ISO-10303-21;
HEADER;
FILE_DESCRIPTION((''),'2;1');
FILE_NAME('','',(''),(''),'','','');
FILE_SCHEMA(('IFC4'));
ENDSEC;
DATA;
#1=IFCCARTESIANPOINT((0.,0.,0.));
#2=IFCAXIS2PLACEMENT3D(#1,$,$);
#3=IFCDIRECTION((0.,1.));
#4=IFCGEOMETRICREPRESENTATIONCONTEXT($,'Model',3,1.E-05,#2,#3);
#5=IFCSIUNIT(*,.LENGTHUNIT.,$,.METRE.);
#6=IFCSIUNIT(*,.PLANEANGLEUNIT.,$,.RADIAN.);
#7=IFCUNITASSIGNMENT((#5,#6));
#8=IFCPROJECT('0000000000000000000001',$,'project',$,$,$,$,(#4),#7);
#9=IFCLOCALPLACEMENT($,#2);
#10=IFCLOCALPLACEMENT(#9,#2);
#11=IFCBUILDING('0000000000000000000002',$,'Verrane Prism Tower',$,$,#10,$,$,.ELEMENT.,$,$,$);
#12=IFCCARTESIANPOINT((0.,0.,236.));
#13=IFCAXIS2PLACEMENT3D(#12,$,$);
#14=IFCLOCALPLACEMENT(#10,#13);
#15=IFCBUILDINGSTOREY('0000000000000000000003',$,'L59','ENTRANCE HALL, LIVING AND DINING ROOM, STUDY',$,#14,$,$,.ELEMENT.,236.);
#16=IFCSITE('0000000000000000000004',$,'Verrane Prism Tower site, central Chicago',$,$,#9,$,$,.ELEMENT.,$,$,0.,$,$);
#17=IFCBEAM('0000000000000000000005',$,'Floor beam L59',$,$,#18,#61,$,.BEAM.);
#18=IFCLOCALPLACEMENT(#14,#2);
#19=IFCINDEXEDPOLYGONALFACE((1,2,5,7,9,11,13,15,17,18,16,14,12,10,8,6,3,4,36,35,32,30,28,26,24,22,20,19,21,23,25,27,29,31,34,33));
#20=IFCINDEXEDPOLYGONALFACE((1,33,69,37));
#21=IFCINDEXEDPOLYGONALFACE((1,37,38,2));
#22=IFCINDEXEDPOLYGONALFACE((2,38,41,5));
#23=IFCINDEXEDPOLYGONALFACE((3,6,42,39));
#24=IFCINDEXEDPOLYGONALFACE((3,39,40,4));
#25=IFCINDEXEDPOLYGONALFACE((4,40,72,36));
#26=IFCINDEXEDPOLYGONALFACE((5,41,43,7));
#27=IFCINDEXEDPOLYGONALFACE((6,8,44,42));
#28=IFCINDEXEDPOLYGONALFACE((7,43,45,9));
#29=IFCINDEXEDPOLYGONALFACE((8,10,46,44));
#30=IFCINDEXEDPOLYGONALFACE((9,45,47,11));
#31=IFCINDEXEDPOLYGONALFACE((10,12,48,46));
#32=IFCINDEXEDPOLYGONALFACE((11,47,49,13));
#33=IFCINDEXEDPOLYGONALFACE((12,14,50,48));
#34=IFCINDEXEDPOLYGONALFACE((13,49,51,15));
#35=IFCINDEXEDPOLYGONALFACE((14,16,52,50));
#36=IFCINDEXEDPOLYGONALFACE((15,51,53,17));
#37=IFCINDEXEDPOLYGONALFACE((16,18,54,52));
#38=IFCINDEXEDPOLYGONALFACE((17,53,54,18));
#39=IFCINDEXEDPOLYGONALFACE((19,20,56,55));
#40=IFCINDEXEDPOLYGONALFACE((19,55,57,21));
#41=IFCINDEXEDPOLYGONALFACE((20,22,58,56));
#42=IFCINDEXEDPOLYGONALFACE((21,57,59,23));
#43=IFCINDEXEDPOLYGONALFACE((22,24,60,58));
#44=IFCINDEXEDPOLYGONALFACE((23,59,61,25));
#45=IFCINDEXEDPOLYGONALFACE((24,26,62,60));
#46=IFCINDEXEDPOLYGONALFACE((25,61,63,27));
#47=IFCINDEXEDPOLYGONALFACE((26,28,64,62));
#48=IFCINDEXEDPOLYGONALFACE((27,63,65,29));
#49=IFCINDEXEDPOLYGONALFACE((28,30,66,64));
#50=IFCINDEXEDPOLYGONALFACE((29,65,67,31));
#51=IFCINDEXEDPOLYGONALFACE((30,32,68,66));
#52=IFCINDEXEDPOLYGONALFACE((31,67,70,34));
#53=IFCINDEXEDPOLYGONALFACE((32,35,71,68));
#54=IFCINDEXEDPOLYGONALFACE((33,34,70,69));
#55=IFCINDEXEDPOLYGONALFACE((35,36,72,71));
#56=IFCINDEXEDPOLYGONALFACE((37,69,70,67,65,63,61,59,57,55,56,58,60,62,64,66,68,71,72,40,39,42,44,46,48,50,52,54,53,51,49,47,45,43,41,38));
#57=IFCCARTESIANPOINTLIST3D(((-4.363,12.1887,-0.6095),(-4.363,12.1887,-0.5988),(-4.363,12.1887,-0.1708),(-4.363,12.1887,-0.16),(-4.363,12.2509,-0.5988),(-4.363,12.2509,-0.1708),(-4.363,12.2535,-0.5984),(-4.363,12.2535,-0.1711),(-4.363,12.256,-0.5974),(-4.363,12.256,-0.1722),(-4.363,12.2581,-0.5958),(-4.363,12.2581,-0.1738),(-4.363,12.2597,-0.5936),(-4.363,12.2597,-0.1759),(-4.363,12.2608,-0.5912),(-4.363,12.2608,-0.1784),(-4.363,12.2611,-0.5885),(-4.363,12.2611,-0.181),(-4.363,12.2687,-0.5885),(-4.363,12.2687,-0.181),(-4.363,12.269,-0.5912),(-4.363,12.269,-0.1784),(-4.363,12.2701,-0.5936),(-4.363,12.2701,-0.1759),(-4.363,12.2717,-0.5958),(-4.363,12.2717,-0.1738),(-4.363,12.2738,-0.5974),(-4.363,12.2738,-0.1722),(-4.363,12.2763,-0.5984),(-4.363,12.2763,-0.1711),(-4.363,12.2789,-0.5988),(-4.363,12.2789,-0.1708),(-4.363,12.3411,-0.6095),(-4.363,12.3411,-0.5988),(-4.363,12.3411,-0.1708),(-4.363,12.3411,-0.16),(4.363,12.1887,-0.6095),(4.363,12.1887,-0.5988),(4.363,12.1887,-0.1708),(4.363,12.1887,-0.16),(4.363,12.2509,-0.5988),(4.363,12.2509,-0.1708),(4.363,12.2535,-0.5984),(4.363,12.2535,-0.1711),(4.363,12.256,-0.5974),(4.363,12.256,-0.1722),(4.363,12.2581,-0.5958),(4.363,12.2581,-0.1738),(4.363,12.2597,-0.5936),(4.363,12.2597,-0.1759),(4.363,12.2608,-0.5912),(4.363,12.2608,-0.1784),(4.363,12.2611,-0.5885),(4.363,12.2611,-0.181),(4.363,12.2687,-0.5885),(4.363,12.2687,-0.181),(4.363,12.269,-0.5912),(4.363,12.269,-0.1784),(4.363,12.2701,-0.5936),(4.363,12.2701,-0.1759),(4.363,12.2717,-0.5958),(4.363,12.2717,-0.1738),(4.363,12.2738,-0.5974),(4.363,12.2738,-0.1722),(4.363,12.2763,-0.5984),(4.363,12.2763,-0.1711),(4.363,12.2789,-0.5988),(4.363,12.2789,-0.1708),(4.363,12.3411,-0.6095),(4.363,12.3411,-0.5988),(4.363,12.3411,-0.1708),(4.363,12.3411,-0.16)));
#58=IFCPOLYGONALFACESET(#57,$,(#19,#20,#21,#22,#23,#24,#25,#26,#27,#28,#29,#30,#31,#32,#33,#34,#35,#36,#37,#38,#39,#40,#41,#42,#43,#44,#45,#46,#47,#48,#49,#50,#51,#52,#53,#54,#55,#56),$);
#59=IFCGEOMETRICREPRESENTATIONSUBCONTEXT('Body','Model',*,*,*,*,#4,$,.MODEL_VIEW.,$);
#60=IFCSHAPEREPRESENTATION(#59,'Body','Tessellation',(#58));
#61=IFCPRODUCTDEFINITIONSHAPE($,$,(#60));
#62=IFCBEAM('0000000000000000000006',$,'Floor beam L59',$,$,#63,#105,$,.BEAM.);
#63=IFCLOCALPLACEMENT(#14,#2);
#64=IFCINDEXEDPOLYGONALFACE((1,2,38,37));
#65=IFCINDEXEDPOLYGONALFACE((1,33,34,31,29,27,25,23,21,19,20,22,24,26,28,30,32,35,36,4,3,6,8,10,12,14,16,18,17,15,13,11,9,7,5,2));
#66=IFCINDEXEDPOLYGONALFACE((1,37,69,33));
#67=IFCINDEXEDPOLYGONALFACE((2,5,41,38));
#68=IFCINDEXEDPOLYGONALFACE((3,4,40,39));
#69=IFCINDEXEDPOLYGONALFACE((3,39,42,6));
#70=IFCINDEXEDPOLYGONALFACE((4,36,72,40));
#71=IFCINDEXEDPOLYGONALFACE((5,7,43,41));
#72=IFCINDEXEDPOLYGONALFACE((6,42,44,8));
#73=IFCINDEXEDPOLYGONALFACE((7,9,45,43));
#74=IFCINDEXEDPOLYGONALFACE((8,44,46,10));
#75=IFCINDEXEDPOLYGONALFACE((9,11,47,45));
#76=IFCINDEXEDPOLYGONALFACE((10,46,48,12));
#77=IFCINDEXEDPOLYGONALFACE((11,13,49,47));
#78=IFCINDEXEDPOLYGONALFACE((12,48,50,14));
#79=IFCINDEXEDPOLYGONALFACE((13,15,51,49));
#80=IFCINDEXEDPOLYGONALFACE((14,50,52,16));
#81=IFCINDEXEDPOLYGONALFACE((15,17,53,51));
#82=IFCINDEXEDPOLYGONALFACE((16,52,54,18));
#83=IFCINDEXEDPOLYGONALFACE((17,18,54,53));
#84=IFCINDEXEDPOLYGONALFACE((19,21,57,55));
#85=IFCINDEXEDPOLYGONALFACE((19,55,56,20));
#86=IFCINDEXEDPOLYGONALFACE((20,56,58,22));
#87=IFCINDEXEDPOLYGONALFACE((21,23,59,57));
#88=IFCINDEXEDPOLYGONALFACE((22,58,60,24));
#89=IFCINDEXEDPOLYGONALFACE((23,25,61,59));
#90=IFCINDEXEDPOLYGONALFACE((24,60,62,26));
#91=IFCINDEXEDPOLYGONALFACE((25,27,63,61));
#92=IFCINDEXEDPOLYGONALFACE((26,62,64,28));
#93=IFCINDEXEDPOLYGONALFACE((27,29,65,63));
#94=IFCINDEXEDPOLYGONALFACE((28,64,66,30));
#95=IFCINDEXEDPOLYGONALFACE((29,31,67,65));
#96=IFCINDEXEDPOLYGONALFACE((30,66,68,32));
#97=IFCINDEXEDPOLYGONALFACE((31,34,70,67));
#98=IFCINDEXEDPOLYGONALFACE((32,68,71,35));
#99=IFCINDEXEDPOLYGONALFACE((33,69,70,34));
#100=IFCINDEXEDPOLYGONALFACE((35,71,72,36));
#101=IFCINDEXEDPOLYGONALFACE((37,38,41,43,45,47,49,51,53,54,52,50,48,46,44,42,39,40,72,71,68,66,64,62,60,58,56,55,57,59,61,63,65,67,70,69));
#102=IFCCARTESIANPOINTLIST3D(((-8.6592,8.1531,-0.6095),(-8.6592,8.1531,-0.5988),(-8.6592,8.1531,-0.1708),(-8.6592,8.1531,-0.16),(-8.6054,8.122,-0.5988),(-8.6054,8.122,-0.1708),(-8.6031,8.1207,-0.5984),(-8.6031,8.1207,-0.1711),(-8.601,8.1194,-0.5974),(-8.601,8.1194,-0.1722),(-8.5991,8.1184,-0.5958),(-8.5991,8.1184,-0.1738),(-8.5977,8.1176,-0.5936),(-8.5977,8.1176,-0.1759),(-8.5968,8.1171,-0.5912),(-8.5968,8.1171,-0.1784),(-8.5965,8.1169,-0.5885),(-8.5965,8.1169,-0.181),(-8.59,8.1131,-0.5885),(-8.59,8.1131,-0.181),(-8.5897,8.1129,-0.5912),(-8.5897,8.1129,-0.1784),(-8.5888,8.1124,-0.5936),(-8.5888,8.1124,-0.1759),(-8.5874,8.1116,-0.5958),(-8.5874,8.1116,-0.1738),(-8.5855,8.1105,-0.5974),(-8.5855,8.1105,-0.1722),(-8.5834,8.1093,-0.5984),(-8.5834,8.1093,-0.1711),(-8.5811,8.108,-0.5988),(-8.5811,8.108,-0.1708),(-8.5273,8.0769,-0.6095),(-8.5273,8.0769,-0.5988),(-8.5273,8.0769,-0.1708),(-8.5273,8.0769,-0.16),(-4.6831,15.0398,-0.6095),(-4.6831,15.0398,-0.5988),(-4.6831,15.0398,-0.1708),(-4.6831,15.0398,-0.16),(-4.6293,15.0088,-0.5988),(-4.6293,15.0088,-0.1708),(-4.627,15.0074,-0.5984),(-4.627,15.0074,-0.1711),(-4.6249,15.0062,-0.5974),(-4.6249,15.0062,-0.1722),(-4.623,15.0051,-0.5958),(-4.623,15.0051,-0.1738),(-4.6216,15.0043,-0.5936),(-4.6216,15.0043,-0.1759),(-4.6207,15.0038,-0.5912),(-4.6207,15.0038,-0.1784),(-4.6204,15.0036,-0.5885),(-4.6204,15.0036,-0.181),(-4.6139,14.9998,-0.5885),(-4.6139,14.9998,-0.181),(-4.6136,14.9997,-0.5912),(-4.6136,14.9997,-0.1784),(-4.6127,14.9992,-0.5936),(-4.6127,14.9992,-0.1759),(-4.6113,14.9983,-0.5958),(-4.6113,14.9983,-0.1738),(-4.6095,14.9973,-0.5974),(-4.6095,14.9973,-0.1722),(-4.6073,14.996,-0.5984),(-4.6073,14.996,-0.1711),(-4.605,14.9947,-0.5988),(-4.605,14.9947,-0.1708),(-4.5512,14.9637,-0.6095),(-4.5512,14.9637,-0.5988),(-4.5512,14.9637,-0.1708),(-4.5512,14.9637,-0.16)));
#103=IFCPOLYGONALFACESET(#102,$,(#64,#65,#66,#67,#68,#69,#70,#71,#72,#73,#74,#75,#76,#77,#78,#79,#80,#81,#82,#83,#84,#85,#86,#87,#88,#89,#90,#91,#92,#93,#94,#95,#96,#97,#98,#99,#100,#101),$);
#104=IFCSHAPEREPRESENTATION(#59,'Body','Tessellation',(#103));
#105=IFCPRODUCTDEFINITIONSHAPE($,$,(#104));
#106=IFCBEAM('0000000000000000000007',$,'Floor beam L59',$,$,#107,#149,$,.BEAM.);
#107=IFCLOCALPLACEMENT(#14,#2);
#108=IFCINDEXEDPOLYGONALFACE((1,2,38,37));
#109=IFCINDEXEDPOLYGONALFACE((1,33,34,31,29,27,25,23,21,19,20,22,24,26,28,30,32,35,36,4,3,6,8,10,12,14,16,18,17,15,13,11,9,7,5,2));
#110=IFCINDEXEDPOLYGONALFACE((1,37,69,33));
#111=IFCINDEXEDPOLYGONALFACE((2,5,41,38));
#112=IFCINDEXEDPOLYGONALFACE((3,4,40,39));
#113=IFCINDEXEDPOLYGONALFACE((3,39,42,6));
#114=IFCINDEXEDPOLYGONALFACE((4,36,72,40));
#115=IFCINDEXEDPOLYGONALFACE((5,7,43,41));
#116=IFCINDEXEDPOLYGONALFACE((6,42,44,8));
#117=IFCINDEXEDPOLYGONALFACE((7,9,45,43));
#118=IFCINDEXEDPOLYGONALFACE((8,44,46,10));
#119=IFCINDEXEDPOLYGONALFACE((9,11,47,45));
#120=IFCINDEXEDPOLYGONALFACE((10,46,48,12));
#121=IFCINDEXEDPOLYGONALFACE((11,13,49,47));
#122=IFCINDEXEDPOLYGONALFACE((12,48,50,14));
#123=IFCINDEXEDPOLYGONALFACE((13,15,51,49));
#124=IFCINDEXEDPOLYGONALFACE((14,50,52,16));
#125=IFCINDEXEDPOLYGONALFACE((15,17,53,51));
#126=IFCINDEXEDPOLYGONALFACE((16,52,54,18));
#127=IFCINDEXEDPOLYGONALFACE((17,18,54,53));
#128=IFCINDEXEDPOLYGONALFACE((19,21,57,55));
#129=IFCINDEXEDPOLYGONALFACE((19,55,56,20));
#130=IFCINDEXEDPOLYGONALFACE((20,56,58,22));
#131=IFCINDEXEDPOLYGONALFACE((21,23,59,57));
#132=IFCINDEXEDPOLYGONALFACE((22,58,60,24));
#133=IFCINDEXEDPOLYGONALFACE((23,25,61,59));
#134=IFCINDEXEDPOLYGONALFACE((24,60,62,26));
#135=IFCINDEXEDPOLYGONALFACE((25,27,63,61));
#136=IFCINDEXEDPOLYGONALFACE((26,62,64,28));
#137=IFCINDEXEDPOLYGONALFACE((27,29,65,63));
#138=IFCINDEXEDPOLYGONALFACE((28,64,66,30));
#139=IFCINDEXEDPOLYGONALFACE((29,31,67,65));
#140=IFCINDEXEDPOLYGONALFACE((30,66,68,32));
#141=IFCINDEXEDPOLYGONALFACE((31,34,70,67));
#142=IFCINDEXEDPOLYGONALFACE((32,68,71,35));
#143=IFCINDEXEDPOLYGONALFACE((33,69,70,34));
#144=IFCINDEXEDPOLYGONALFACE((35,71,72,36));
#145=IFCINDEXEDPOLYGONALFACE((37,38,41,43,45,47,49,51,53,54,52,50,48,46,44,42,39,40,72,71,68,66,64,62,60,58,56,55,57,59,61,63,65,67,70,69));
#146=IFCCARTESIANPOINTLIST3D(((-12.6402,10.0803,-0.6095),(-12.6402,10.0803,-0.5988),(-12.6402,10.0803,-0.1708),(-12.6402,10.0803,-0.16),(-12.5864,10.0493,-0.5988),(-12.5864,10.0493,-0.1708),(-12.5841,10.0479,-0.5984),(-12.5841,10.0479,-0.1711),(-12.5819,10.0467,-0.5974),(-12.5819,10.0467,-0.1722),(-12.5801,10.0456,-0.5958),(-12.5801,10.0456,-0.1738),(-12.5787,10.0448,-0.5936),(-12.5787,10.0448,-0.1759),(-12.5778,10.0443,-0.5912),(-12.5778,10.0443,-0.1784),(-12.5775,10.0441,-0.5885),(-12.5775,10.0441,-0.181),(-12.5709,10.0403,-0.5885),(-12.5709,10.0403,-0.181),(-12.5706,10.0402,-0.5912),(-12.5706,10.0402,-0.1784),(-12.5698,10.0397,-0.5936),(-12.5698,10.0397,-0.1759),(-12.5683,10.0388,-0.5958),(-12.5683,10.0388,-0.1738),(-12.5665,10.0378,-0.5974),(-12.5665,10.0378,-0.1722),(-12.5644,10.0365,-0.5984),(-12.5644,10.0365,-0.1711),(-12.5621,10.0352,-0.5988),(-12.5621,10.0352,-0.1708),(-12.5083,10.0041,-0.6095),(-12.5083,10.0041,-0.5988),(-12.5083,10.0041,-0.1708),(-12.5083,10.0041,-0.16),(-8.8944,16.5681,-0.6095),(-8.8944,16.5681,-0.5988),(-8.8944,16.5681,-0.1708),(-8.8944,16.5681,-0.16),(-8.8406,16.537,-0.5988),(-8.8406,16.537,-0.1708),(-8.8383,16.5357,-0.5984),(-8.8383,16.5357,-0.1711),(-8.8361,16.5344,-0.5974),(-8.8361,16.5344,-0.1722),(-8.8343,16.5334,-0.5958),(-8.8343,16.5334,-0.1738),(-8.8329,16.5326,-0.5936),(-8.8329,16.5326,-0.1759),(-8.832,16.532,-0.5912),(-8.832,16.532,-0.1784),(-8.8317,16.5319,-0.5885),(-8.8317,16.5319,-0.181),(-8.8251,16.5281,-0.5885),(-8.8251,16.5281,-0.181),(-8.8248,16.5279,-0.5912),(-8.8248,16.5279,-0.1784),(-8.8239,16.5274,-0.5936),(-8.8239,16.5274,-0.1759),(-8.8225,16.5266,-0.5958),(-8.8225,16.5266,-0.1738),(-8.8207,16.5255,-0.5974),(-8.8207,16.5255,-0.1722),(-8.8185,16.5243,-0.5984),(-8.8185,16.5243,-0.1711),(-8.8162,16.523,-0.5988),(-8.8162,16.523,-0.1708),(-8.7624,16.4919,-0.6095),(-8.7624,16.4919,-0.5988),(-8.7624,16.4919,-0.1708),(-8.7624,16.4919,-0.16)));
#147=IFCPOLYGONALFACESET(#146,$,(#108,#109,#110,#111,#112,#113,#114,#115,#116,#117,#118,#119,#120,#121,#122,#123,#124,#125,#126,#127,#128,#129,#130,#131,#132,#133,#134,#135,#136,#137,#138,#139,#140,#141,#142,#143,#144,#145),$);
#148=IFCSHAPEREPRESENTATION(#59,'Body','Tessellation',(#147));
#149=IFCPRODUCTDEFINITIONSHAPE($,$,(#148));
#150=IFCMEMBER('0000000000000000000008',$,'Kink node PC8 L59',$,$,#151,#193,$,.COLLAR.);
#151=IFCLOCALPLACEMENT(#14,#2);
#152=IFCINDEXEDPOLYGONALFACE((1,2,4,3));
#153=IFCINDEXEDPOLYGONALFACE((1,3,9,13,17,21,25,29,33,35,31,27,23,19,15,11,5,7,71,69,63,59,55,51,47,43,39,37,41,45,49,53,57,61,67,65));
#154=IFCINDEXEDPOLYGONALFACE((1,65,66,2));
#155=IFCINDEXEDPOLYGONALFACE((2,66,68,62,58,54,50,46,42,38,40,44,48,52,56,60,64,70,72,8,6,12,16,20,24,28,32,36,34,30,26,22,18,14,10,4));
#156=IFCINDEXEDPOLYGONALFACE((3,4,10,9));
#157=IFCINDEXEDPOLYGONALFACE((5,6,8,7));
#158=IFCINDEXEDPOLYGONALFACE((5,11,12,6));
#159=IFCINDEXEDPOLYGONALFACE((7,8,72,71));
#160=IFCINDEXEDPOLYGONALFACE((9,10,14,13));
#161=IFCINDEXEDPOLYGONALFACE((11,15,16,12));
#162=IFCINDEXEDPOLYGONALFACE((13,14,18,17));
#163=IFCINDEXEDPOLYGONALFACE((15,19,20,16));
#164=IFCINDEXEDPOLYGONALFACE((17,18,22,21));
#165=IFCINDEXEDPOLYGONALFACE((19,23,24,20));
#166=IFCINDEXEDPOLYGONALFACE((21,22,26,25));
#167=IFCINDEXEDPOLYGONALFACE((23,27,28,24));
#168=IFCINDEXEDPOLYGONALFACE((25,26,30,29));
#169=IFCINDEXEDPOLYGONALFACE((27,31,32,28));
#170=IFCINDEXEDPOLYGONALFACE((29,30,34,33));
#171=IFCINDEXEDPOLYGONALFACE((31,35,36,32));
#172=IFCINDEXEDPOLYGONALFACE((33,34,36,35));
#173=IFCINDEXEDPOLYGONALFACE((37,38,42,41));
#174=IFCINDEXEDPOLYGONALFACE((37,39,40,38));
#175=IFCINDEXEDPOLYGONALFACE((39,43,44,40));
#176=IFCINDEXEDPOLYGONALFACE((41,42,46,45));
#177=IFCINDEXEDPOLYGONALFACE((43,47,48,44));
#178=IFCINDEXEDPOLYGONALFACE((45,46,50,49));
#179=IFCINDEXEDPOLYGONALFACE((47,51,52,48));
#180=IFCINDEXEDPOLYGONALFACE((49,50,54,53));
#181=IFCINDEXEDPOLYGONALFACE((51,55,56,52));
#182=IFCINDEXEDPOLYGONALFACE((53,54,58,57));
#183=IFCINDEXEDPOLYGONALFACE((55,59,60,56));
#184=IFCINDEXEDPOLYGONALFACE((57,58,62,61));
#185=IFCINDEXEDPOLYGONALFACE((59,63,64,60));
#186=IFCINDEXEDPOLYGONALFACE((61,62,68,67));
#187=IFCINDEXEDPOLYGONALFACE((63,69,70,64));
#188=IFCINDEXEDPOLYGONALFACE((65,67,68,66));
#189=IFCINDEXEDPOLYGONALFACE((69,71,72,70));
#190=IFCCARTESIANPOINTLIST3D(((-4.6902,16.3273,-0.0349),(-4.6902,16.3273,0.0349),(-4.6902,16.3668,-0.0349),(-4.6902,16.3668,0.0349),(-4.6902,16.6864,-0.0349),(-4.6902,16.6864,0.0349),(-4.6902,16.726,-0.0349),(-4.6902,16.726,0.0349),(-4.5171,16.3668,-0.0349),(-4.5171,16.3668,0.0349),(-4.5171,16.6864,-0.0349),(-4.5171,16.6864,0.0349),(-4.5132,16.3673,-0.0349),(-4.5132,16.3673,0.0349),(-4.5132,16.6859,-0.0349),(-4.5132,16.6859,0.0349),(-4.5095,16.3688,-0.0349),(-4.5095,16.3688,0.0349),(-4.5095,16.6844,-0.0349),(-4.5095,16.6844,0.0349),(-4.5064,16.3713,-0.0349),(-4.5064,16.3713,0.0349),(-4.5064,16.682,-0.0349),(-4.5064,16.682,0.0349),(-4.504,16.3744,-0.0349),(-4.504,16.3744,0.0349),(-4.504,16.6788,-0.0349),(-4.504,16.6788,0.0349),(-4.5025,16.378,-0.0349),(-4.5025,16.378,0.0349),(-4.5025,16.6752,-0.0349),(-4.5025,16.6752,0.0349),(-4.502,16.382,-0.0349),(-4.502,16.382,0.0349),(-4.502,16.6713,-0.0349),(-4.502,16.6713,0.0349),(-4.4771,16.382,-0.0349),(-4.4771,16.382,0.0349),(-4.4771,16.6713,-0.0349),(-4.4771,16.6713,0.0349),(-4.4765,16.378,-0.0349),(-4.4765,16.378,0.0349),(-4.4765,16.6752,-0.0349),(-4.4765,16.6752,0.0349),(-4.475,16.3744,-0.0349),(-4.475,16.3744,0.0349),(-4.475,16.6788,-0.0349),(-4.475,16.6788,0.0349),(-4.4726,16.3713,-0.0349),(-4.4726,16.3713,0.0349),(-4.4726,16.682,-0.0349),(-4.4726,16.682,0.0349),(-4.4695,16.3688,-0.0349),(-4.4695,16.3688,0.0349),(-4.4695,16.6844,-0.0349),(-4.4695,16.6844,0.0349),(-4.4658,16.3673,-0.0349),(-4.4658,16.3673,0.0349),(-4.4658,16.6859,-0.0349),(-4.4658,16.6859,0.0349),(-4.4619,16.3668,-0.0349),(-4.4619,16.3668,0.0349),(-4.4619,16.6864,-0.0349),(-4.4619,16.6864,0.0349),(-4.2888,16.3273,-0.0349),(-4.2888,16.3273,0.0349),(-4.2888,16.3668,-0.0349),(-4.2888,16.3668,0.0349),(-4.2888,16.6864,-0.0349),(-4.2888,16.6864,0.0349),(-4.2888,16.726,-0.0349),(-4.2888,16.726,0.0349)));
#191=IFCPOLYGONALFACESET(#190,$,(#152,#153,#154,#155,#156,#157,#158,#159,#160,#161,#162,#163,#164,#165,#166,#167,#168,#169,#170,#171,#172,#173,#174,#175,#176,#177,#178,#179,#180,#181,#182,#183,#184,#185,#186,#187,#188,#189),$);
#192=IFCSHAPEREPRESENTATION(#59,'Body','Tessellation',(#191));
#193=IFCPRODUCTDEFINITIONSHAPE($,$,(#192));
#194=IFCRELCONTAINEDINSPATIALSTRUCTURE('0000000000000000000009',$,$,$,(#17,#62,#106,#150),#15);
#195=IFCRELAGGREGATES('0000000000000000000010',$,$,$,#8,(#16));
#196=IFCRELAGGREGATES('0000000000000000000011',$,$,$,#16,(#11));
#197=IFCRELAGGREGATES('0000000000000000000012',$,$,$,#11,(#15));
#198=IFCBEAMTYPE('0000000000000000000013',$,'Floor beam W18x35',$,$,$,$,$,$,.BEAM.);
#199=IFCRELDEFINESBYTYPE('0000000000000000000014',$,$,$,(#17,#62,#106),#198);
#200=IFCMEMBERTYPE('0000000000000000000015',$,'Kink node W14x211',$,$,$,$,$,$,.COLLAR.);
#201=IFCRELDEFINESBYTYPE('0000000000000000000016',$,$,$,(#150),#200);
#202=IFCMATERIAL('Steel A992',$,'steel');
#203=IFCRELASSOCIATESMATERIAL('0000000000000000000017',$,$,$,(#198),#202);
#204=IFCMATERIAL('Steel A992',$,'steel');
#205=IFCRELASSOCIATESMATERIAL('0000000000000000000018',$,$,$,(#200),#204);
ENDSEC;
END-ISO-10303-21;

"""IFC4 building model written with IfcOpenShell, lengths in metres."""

from ifc_helpers import new_model, si_unit, direction, frame, origin, origin_2d, place, context, subcontext, project, spatial, i_section, extrude, material, material_profile, profile_set, type_object, element, save


model = new_model("IFC4")

# Units and contexts
model_context = context("Model", 3, precision=1e-05, world=origin(), true_north=direction((0.0, 1.0)))
body_context = subcontext(model_context, "Body", "Model", "MODEL_VIEW")
ifc_project = project(units=[si_unit("LENGTHUNIT", "METRE"), si_unit("PLANEANGLEUNIT", "RADIAN")], contexts=[model_context])

# Site, building, storey
site_placement = place(None, origin())
site = spatial("IfcSite", under=ifc_project, at=site_placement, Name="Verrane Prism Tower site, central Chicago", CompositionType="ELEMENT", RefElevation=0.0)
building_placement = place(site_placement, origin())
building = spatial("IfcBuilding", under=site, at=building_placement, Name="Verrane Prism Tower", CompositionType="ELEMENT")
storey_placement = place(building_placement, frame((0.0, 0.0, 236.0)))
storey = spatial("IfcBuildingStorey", under=building, at=storey_placement, Name="L59", Description="ENTRANCE HALL, LIVING AND DINING ROOM, STUDY", CompositionType="ELEMENT", Elevation=236.0)

# Beams
ifc_material_1 = material(Name="Steel A992", Category="steel")
ifc_material_profile_1 = material_profile(ifc_material_1, i_section(OverallWidth=0.1523, OverallDepth=0.4495, WebThickness=0.0076, FlangeThickness=0.0107, FilletRadius=0.0103, at=origin_2d()), Name="W18x35")
ifc_profile_set_1 = profile_set([ifc_material_profile_1], Name="Steel A992")
beam_type_1 = type_object("IfcBeamType", Name="Floor beam W18x35", PredefinedType="BEAM", material=ifc_profile_set_1)
beam_1_placement = place(storey_placement, frame((-4.363, 12.2649, -0.3848), z_axis=(1.0, 0.0, 0.0), x_axis=(0.0, 1.0, 0.0)))
element("IfcBeam", 1, at=beam_1_placement, inside=storey, type_object=beam_type_1, Name="Floor beam L59", PredefinedType="BEAM", context=body_context, shape_type="SweptSolid", body=[
    extrude(i_section(OverallWidth=0.1523, OverallDepth=0.4495, WebThickness=0.0076, FlangeThickness=0.0107, FilletRadius=0.0103, at=origin_2d()), origin(), (0.0, 0.0, 1.0), 8.7261),
])
beam_2_placement = place(storey_placement, frame((-8.5933, 8.115, -0.3848), z_axis=(0.500002, 0.866024, 0.0), x_axis=(-0.866024, 0.500002, 0.0)))
element("IfcBeam", 2, at=beam_2_placement, inside=storey, type_object=beam_type_1, Name="Floor beam L59", PredefinedType="BEAM", context=body_context, shape_type="SweptSolid", body=[
    extrude(i_section(OverallWidth=0.1523, OverallDepth=0.4495, WebThickness=0.0076, FlangeThickness=0.0107, FilletRadius=0.0103, at=origin_2d()), origin(), (0.0, 0.0, 1.0), 7.9521),
])
beam_3_placement = place(storey_placement, frame((-12.5742, 10.0422, -0.3848), z_axis=(0.500012, 0.866018, 0.0), x_axis=(-0.866018, 0.500012, 0.0)))
element("IfcBeam", 3, at=beam_3_placement, inside=storey, type_object=beam_type_1, Name="Floor beam L59", PredefinedType="BEAM", context=body_context, shape_type="SweptSolid", body=[
    extrude(i_section(OverallWidth=0.1523, OverallDepth=0.4495, WebThickness=0.0076, FlangeThickness=0.0107, FilletRadius=0.0103, at=origin_2d()), origin(), (0.0, 0.0, 1.0), 7.4915),
])

# Member
ifc_material_2 = material(Name="Steel A992", Category="steel")
ifc_material_profile_2 = material_profile(ifc_material_2, i_section(OverallWidth=0.4014, OverallDepth=0.3987, WebThickness=0.0249, FlangeThickness=0.0396, FilletRadius=0.0151, at=origin_2d()), Name="W14x211")
ifc_profile_set_2 = profile_set([ifc_material_profile_2], Name="Steel A992")
member_type_1 = type_object("IfcMemberType", Name="Kink node W14x211", PredefinedType="COLLAR", material=ifc_profile_set_2)
member_1_placement = place(storey_placement, frame((-4.4895, 16.5266, -0.0349), z_axis=(0.0, 0.0, 1.0), x_axis=(1.0, 0.0, 0.0)))
element("IfcMember", 4, at=member_1_placement, inside=storey, type_object=member_type_1, Name="Kink node PC8 L59", PredefinedType="COLLAR", context=body_context, shape_type="SweptSolid", body=[
    extrude(i_section(OverallWidth=0.4014, OverallDepth=0.3987, WebThickness=0.0249, FlangeThickness=0.0396, FilletRadius=0.0151, at=origin_2d()), origin(), (0.0, 0.0, 1.0), 0.0698),
])

save(model, "model.ifc")
